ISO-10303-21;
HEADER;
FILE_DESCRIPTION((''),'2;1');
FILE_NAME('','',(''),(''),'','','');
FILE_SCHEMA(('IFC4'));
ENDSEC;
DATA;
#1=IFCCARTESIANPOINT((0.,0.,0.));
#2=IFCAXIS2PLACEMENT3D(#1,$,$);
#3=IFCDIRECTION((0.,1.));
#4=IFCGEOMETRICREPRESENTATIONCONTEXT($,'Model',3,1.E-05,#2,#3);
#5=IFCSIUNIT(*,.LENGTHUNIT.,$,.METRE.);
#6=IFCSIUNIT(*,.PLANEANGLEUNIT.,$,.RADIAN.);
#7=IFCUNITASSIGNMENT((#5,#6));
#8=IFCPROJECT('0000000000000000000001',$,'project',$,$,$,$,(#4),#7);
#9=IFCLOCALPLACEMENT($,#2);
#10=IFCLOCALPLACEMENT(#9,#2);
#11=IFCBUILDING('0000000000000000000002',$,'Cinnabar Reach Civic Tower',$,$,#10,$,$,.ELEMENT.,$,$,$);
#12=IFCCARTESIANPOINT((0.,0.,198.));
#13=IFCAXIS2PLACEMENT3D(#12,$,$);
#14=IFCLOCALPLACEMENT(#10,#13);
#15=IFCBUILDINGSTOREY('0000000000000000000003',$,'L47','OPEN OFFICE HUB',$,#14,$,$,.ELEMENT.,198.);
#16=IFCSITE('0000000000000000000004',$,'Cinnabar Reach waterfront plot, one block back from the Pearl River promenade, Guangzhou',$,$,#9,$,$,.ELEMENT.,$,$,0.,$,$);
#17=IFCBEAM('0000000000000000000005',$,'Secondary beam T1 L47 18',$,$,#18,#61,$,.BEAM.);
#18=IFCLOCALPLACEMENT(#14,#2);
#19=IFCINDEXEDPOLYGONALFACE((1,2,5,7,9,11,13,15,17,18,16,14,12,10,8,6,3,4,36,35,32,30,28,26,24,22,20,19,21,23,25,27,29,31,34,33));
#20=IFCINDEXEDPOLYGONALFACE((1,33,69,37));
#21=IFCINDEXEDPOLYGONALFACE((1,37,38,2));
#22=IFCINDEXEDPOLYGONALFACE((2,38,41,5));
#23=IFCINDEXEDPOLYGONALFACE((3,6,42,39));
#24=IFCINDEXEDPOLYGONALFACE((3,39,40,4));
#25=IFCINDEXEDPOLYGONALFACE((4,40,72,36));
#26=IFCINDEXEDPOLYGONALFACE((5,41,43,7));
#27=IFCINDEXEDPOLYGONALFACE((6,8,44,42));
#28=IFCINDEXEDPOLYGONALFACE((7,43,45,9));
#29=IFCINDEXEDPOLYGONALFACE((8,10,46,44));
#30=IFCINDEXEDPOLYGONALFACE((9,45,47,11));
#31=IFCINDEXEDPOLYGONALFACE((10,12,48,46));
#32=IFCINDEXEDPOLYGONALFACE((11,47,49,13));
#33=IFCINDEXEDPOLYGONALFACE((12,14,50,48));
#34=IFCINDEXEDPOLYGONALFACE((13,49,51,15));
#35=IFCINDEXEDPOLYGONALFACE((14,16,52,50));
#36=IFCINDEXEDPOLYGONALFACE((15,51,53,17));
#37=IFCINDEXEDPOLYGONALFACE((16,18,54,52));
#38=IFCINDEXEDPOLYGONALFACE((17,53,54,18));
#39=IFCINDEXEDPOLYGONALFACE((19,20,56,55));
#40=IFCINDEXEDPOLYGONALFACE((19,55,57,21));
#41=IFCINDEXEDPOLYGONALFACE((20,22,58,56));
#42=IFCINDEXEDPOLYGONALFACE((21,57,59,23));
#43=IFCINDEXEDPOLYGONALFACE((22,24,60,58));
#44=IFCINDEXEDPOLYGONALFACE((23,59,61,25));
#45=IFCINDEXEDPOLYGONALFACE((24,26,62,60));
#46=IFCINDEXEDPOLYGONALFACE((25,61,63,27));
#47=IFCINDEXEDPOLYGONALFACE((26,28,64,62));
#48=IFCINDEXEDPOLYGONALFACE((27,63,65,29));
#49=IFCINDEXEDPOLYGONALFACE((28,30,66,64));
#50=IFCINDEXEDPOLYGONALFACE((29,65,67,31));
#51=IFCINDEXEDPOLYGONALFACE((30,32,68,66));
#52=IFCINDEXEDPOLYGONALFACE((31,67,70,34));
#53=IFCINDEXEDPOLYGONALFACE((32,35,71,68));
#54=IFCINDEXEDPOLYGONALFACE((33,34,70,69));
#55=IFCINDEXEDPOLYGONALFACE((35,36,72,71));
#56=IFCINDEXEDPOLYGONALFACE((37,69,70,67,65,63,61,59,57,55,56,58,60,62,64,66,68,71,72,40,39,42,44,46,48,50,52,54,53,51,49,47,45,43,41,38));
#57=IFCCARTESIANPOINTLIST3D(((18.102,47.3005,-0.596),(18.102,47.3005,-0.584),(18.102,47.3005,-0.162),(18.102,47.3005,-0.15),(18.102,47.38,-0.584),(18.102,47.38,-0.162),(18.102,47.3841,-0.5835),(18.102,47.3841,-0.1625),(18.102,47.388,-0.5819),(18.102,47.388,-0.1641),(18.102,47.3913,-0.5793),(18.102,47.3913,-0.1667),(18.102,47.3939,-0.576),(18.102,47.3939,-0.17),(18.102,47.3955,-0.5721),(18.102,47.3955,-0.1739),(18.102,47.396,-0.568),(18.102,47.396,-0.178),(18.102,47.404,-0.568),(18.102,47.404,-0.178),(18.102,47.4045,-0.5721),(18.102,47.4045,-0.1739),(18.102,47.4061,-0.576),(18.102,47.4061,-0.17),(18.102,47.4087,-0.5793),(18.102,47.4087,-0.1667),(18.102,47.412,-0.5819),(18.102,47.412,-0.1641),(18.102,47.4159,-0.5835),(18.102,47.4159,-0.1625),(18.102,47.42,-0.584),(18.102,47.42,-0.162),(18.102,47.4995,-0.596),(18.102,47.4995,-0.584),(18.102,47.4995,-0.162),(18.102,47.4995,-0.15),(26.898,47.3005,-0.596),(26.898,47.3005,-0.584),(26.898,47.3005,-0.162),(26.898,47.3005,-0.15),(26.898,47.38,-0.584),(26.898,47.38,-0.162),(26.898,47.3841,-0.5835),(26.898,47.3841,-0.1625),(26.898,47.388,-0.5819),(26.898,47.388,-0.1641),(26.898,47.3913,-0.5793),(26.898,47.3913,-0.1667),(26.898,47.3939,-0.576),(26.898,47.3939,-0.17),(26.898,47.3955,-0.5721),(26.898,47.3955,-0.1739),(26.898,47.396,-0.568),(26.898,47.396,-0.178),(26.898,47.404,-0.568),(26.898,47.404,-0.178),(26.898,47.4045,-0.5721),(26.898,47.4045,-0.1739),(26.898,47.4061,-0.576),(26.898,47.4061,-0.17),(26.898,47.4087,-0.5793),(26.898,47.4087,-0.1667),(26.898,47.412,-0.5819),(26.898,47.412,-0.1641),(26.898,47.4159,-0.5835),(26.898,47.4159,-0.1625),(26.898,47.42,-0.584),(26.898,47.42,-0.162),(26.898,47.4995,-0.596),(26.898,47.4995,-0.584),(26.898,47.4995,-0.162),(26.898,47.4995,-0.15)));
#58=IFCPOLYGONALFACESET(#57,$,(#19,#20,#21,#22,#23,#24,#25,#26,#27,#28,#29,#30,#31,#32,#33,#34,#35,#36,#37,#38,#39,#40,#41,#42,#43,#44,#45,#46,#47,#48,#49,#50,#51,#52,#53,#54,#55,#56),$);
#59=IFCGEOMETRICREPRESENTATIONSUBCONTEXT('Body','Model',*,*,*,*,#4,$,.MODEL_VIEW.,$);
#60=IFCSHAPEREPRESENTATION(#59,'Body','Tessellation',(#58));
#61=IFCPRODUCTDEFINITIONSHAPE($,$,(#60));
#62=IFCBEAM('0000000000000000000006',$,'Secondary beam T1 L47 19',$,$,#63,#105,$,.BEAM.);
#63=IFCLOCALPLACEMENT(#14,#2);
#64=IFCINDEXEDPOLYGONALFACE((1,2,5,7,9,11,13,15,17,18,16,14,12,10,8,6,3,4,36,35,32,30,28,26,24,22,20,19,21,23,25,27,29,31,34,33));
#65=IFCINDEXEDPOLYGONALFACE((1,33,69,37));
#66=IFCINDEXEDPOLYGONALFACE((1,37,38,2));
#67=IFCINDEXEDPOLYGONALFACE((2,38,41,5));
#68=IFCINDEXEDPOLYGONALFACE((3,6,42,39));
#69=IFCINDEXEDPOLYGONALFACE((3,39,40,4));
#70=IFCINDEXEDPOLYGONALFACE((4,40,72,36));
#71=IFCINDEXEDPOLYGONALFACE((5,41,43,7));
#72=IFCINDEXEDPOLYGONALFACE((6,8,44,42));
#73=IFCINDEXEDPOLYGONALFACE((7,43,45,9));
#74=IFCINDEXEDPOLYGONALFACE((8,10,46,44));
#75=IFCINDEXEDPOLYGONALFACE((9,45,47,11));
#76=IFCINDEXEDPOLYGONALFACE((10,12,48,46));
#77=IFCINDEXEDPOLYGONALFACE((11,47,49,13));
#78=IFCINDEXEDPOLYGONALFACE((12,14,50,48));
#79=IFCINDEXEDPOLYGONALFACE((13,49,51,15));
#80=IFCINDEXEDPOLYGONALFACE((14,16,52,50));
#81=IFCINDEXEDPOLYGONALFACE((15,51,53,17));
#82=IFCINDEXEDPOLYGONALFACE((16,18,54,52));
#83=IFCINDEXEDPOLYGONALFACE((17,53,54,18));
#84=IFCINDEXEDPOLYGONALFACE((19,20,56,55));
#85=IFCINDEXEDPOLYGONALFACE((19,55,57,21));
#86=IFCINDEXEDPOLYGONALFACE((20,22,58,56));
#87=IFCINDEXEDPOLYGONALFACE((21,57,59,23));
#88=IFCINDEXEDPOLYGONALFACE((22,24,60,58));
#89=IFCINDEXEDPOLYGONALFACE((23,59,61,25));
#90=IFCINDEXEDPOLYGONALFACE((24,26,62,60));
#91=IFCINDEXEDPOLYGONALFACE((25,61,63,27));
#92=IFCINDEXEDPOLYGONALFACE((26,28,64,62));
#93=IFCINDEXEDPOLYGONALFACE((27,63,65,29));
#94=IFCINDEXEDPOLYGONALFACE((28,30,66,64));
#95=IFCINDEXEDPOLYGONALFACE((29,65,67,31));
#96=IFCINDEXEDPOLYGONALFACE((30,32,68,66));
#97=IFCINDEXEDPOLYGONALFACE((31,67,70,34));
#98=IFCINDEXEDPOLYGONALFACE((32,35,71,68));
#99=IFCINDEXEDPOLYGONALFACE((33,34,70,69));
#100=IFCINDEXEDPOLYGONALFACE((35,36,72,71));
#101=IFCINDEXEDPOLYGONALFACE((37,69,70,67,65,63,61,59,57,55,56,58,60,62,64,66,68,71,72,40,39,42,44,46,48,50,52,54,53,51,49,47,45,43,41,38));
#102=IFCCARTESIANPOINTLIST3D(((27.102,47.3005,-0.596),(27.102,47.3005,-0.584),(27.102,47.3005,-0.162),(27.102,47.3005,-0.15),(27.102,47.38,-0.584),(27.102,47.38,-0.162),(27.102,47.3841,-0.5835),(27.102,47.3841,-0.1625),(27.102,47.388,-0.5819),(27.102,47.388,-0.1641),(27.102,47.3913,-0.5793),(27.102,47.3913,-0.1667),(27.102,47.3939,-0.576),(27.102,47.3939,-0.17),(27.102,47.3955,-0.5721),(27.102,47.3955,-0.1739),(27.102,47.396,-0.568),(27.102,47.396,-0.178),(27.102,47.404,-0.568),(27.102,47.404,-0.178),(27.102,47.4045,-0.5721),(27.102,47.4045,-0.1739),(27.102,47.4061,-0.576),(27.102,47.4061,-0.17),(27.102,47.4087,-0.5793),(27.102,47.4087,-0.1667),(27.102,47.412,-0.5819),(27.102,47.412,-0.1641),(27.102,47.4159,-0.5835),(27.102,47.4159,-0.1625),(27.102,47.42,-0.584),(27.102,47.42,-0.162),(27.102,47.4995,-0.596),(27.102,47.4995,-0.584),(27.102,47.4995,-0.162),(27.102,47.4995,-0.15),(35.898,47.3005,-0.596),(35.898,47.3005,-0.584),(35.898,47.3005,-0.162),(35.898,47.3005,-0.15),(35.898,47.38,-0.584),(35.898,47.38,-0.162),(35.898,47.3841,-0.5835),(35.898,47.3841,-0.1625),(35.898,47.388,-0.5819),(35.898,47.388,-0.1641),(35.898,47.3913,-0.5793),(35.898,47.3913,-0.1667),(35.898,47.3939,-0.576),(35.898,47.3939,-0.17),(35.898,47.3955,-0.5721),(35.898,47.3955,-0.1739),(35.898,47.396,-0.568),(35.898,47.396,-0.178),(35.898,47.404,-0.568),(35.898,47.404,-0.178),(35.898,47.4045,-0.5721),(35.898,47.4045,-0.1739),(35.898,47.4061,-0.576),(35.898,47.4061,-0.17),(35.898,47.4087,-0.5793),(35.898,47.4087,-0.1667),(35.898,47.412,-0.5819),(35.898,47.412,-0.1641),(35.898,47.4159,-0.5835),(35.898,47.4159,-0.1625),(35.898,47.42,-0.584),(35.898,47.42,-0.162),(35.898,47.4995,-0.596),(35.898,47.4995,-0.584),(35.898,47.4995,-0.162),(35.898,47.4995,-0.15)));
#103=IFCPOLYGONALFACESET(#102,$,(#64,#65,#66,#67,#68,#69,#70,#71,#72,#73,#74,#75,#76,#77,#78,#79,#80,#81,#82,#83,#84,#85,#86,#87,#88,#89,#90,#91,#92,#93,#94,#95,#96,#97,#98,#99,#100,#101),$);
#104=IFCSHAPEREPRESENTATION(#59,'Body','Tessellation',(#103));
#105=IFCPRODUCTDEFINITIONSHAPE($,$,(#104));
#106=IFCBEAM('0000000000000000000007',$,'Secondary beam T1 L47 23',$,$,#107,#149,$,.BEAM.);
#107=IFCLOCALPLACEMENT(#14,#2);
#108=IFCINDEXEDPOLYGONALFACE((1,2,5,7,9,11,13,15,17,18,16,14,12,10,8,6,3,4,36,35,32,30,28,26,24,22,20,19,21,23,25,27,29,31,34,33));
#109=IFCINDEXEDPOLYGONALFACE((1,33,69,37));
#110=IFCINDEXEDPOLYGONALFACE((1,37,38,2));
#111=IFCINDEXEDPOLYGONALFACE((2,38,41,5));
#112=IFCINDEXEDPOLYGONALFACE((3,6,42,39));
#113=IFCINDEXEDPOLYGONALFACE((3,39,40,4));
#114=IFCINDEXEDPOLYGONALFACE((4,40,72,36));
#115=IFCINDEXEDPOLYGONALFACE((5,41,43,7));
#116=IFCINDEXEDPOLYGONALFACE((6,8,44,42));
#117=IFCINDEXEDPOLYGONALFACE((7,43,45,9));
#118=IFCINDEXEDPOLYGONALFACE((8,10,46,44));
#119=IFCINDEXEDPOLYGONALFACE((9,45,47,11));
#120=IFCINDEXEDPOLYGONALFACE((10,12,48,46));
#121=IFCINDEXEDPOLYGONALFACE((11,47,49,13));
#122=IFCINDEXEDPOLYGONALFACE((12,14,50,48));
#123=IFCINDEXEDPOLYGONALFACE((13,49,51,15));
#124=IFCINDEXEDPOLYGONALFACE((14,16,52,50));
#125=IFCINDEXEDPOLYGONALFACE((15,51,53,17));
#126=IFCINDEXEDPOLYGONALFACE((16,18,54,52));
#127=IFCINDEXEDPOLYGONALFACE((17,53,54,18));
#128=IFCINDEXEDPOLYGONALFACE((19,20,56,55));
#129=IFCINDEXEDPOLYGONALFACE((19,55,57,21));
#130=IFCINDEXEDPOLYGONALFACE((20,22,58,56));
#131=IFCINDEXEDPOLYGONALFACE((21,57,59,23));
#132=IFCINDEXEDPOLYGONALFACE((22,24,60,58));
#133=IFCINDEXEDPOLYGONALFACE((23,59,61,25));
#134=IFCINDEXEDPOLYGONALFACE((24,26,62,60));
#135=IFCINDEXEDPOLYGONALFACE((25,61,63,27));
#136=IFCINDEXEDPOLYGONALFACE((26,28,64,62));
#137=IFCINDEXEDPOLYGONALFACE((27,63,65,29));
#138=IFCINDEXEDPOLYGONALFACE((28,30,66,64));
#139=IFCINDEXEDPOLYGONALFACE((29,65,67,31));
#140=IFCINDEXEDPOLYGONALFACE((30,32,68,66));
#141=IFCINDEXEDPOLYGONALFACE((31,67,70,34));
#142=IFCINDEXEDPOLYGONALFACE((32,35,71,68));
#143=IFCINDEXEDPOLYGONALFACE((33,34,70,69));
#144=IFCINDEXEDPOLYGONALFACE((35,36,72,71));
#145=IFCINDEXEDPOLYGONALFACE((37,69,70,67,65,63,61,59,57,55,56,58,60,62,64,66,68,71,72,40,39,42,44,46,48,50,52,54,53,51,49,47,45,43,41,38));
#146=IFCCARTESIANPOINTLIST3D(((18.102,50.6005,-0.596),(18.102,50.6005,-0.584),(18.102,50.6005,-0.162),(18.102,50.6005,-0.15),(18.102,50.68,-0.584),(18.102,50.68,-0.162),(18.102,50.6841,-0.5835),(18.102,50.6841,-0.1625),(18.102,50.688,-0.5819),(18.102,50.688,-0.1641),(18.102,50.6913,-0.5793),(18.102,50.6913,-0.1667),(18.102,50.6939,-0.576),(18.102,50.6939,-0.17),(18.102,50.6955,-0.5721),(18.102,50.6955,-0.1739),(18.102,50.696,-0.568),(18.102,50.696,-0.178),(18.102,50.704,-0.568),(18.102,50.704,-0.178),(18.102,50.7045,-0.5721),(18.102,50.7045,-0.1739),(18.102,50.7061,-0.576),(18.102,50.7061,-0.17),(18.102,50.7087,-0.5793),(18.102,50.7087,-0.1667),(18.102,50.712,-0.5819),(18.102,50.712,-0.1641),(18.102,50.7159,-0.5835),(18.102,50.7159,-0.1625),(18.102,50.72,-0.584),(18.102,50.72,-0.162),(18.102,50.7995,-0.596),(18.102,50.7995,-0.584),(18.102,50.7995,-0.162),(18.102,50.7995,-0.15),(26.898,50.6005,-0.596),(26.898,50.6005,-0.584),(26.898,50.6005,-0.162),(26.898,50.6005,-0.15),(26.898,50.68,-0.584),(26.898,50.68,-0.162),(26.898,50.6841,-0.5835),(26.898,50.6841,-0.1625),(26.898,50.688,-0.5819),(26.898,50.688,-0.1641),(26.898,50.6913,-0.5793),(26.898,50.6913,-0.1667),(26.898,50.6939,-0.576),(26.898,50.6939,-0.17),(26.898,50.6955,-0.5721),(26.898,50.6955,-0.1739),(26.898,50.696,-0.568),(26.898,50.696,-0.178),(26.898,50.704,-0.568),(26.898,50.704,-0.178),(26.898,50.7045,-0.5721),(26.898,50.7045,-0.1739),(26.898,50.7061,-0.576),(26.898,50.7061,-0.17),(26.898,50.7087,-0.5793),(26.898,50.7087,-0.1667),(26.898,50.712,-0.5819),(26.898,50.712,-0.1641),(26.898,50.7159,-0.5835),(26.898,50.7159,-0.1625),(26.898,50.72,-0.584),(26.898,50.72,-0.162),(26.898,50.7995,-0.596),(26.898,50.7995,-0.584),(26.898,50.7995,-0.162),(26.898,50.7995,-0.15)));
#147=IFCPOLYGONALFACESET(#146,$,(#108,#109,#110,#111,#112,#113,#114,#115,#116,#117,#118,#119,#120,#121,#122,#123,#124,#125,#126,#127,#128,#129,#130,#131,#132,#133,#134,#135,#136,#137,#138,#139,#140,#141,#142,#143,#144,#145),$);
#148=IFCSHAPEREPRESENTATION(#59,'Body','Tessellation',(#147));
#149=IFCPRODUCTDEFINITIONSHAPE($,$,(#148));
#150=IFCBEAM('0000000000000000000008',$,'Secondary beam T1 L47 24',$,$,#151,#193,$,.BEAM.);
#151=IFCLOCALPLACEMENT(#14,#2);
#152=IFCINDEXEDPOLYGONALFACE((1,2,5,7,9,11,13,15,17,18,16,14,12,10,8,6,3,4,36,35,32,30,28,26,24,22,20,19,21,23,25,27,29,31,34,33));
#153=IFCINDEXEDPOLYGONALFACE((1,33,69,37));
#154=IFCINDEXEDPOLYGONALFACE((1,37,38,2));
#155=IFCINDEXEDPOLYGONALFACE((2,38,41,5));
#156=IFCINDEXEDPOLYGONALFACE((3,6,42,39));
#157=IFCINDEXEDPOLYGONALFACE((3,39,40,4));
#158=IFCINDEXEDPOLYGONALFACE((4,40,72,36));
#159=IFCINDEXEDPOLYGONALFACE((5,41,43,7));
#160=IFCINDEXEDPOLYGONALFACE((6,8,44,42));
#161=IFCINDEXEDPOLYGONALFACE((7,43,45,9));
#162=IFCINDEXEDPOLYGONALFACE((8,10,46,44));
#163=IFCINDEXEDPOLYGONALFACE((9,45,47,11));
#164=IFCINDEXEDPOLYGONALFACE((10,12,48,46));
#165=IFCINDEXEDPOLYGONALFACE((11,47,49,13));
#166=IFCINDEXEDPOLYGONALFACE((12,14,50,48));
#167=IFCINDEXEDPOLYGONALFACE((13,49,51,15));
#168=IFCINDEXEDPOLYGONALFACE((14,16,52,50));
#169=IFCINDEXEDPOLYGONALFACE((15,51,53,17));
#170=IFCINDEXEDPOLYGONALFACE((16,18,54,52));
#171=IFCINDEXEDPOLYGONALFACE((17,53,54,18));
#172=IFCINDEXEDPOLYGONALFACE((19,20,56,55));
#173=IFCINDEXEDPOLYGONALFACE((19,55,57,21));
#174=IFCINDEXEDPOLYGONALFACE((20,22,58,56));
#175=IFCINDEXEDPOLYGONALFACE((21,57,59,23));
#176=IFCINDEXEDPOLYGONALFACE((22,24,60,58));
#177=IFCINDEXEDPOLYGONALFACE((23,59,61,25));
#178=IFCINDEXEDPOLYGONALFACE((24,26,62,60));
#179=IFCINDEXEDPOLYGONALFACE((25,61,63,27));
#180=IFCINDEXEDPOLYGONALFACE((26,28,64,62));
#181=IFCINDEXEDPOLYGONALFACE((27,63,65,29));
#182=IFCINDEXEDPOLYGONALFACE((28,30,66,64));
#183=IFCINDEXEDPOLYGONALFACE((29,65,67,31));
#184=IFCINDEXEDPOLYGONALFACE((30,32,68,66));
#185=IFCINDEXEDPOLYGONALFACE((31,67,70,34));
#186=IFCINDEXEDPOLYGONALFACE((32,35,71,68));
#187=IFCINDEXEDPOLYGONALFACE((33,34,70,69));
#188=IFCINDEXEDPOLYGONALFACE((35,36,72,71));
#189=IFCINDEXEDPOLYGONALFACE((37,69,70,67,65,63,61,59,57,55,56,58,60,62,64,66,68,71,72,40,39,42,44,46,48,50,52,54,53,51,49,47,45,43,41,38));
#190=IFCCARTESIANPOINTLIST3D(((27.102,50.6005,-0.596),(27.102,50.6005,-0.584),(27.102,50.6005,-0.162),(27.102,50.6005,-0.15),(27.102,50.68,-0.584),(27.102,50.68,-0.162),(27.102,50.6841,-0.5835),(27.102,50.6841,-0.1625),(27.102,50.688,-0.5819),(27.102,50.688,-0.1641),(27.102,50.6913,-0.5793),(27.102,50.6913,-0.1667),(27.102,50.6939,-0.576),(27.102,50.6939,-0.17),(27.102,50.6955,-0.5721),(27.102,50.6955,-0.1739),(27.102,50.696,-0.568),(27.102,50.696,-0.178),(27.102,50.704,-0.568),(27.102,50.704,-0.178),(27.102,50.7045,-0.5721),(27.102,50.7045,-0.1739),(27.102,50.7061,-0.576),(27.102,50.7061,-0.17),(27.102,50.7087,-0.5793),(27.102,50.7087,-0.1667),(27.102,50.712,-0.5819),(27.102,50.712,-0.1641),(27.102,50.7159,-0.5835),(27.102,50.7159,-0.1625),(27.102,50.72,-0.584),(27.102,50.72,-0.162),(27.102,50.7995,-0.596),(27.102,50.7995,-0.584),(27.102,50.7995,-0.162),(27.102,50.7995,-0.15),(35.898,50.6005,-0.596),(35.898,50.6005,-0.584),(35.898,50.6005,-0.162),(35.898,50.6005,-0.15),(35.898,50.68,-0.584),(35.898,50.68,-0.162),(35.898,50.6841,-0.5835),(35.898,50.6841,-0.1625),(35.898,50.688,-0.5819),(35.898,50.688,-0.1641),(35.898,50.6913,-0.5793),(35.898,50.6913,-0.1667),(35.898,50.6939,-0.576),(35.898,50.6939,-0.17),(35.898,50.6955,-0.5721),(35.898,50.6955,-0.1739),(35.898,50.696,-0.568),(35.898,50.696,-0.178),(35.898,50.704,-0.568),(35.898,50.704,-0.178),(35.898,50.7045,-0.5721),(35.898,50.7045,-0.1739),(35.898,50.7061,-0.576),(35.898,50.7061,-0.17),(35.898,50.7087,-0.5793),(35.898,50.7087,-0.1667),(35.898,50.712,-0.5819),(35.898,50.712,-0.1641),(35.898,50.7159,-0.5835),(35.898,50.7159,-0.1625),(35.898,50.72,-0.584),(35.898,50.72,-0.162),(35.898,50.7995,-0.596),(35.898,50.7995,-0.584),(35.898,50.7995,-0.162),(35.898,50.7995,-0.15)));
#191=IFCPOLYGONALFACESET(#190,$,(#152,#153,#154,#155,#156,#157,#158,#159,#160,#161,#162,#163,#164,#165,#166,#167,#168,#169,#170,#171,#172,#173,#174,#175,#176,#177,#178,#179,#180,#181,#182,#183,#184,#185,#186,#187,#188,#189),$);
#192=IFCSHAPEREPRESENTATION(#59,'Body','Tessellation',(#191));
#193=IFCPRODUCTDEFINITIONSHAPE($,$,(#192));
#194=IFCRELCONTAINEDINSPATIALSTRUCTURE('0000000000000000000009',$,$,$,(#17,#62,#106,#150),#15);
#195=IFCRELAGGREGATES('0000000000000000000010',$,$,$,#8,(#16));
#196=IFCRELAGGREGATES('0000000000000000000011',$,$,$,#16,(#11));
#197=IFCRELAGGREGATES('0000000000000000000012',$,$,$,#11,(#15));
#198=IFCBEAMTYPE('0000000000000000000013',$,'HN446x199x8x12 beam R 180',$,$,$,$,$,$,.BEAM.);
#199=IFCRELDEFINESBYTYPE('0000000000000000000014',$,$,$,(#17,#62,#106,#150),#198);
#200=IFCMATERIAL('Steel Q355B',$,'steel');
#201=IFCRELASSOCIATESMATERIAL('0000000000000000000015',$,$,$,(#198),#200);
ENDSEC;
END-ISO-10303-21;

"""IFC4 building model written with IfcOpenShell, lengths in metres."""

from ifc_helpers import new_model, si_unit, direction, frame, origin, origin_2d, place, context, subcontext, project, spatial, i_section, extrude, material, material_profile, profile_set, type_object, element, save


model = new_model("IFC4")

# Units and contexts
model_context = context("Model", 3, precision=1e-05, world=origin(), true_north=direction((0.0, 1.0)))
body_context = subcontext(model_context, "Body", "Model", "MODEL_VIEW")
ifc_project = project(units=[si_unit("LENGTHUNIT", "METRE"), si_unit("PLANEANGLEUNIT", "RADIAN")], contexts=[model_context])

# Site, building, storey
site_placement = place(None, origin())
site = spatial("IfcSite", under=ifc_project, at=site_placement, Name="Cinnabar Reach waterfront plot, one block back from the Pearl River promenade, Guangzhou", CompositionType="ELEMENT", RefElevation=0.0)
building_placement = place(site_placement, origin())
building = spatial("IfcBuilding", under=site, at=building_placement, Name="Cinnabar Reach Civic Tower", CompositionType="ELEMENT")
storey_placement = place(building_placement, frame((0.0, 0.0, 198.0)))
storey = spatial("IfcBuildingStorey", under=building, at=storey_placement, Name="L47", Description="OPEN OFFICE HUB", CompositionType="ELEMENT", Elevation=198.0)

# Beams
ifc_material_1 = material(Name="Steel Q355B", Category="steel")
ifc_material_profile_1 = material_profile(ifc_material_1, i_section(OverallWidth=0.199, OverallDepth=0.446, WebThickness=0.008, FlangeThickness=0.012, FilletRadius=0.016, at=origin_2d()), Name="HN446x199x8x12")
ifc_profile_set_1 = profile_set([ifc_material_profile_1], Name="Steel Q355B")
beam_type_1 = type_object("IfcBeamType", Name="HN446x199x8x12 beam R 180", PredefinedType="BEAM", material=ifc_profile_set_1)
for number, where, z_axis, x_axis, name in (
    (1, (18.102, 47.4, -0.373), (1.0, 0.0, 0.0), (0.0, 1.0, 0.0), "Secondary beam T1 L47 18"),
    (2, (27.102, 47.4, -0.373), (1.0, 0.0, 0.0), (0.0, 1.0, 0.0), "Secondary beam T1 L47 19"),
    (3, (18.102, 50.7, -0.373), (1.0, 0.0, 0.0), (0.0, 1.0, 0.0), "Secondary beam T1 L47 23"),
    (4, (27.102, 50.7, -0.373), (1.0, 0.0, 0.0), (0.0, 1.0, 0.0), "Secondary beam T1 L47 24"),
):
    element("IfcBeam", number, at=place(storey_placement, frame(where, z_axis=z_axis, x_axis=x_axis)), inside=storey, type_object=beam_type_1, Name=name, PredefinedType="BEAM", context=body_context, shape_type="SweptSolid", body=[
        extrude(i_section(OverallWidth=0.199, OverallDepth=0.446, WebThickness=0.008, FlangeThickness=0.012, FilletRadius=0.016, at=origin_2d()), origin(), (0.0, 0.0, 1.0), 8.796),
    ])

save(model, "model.ifc")
